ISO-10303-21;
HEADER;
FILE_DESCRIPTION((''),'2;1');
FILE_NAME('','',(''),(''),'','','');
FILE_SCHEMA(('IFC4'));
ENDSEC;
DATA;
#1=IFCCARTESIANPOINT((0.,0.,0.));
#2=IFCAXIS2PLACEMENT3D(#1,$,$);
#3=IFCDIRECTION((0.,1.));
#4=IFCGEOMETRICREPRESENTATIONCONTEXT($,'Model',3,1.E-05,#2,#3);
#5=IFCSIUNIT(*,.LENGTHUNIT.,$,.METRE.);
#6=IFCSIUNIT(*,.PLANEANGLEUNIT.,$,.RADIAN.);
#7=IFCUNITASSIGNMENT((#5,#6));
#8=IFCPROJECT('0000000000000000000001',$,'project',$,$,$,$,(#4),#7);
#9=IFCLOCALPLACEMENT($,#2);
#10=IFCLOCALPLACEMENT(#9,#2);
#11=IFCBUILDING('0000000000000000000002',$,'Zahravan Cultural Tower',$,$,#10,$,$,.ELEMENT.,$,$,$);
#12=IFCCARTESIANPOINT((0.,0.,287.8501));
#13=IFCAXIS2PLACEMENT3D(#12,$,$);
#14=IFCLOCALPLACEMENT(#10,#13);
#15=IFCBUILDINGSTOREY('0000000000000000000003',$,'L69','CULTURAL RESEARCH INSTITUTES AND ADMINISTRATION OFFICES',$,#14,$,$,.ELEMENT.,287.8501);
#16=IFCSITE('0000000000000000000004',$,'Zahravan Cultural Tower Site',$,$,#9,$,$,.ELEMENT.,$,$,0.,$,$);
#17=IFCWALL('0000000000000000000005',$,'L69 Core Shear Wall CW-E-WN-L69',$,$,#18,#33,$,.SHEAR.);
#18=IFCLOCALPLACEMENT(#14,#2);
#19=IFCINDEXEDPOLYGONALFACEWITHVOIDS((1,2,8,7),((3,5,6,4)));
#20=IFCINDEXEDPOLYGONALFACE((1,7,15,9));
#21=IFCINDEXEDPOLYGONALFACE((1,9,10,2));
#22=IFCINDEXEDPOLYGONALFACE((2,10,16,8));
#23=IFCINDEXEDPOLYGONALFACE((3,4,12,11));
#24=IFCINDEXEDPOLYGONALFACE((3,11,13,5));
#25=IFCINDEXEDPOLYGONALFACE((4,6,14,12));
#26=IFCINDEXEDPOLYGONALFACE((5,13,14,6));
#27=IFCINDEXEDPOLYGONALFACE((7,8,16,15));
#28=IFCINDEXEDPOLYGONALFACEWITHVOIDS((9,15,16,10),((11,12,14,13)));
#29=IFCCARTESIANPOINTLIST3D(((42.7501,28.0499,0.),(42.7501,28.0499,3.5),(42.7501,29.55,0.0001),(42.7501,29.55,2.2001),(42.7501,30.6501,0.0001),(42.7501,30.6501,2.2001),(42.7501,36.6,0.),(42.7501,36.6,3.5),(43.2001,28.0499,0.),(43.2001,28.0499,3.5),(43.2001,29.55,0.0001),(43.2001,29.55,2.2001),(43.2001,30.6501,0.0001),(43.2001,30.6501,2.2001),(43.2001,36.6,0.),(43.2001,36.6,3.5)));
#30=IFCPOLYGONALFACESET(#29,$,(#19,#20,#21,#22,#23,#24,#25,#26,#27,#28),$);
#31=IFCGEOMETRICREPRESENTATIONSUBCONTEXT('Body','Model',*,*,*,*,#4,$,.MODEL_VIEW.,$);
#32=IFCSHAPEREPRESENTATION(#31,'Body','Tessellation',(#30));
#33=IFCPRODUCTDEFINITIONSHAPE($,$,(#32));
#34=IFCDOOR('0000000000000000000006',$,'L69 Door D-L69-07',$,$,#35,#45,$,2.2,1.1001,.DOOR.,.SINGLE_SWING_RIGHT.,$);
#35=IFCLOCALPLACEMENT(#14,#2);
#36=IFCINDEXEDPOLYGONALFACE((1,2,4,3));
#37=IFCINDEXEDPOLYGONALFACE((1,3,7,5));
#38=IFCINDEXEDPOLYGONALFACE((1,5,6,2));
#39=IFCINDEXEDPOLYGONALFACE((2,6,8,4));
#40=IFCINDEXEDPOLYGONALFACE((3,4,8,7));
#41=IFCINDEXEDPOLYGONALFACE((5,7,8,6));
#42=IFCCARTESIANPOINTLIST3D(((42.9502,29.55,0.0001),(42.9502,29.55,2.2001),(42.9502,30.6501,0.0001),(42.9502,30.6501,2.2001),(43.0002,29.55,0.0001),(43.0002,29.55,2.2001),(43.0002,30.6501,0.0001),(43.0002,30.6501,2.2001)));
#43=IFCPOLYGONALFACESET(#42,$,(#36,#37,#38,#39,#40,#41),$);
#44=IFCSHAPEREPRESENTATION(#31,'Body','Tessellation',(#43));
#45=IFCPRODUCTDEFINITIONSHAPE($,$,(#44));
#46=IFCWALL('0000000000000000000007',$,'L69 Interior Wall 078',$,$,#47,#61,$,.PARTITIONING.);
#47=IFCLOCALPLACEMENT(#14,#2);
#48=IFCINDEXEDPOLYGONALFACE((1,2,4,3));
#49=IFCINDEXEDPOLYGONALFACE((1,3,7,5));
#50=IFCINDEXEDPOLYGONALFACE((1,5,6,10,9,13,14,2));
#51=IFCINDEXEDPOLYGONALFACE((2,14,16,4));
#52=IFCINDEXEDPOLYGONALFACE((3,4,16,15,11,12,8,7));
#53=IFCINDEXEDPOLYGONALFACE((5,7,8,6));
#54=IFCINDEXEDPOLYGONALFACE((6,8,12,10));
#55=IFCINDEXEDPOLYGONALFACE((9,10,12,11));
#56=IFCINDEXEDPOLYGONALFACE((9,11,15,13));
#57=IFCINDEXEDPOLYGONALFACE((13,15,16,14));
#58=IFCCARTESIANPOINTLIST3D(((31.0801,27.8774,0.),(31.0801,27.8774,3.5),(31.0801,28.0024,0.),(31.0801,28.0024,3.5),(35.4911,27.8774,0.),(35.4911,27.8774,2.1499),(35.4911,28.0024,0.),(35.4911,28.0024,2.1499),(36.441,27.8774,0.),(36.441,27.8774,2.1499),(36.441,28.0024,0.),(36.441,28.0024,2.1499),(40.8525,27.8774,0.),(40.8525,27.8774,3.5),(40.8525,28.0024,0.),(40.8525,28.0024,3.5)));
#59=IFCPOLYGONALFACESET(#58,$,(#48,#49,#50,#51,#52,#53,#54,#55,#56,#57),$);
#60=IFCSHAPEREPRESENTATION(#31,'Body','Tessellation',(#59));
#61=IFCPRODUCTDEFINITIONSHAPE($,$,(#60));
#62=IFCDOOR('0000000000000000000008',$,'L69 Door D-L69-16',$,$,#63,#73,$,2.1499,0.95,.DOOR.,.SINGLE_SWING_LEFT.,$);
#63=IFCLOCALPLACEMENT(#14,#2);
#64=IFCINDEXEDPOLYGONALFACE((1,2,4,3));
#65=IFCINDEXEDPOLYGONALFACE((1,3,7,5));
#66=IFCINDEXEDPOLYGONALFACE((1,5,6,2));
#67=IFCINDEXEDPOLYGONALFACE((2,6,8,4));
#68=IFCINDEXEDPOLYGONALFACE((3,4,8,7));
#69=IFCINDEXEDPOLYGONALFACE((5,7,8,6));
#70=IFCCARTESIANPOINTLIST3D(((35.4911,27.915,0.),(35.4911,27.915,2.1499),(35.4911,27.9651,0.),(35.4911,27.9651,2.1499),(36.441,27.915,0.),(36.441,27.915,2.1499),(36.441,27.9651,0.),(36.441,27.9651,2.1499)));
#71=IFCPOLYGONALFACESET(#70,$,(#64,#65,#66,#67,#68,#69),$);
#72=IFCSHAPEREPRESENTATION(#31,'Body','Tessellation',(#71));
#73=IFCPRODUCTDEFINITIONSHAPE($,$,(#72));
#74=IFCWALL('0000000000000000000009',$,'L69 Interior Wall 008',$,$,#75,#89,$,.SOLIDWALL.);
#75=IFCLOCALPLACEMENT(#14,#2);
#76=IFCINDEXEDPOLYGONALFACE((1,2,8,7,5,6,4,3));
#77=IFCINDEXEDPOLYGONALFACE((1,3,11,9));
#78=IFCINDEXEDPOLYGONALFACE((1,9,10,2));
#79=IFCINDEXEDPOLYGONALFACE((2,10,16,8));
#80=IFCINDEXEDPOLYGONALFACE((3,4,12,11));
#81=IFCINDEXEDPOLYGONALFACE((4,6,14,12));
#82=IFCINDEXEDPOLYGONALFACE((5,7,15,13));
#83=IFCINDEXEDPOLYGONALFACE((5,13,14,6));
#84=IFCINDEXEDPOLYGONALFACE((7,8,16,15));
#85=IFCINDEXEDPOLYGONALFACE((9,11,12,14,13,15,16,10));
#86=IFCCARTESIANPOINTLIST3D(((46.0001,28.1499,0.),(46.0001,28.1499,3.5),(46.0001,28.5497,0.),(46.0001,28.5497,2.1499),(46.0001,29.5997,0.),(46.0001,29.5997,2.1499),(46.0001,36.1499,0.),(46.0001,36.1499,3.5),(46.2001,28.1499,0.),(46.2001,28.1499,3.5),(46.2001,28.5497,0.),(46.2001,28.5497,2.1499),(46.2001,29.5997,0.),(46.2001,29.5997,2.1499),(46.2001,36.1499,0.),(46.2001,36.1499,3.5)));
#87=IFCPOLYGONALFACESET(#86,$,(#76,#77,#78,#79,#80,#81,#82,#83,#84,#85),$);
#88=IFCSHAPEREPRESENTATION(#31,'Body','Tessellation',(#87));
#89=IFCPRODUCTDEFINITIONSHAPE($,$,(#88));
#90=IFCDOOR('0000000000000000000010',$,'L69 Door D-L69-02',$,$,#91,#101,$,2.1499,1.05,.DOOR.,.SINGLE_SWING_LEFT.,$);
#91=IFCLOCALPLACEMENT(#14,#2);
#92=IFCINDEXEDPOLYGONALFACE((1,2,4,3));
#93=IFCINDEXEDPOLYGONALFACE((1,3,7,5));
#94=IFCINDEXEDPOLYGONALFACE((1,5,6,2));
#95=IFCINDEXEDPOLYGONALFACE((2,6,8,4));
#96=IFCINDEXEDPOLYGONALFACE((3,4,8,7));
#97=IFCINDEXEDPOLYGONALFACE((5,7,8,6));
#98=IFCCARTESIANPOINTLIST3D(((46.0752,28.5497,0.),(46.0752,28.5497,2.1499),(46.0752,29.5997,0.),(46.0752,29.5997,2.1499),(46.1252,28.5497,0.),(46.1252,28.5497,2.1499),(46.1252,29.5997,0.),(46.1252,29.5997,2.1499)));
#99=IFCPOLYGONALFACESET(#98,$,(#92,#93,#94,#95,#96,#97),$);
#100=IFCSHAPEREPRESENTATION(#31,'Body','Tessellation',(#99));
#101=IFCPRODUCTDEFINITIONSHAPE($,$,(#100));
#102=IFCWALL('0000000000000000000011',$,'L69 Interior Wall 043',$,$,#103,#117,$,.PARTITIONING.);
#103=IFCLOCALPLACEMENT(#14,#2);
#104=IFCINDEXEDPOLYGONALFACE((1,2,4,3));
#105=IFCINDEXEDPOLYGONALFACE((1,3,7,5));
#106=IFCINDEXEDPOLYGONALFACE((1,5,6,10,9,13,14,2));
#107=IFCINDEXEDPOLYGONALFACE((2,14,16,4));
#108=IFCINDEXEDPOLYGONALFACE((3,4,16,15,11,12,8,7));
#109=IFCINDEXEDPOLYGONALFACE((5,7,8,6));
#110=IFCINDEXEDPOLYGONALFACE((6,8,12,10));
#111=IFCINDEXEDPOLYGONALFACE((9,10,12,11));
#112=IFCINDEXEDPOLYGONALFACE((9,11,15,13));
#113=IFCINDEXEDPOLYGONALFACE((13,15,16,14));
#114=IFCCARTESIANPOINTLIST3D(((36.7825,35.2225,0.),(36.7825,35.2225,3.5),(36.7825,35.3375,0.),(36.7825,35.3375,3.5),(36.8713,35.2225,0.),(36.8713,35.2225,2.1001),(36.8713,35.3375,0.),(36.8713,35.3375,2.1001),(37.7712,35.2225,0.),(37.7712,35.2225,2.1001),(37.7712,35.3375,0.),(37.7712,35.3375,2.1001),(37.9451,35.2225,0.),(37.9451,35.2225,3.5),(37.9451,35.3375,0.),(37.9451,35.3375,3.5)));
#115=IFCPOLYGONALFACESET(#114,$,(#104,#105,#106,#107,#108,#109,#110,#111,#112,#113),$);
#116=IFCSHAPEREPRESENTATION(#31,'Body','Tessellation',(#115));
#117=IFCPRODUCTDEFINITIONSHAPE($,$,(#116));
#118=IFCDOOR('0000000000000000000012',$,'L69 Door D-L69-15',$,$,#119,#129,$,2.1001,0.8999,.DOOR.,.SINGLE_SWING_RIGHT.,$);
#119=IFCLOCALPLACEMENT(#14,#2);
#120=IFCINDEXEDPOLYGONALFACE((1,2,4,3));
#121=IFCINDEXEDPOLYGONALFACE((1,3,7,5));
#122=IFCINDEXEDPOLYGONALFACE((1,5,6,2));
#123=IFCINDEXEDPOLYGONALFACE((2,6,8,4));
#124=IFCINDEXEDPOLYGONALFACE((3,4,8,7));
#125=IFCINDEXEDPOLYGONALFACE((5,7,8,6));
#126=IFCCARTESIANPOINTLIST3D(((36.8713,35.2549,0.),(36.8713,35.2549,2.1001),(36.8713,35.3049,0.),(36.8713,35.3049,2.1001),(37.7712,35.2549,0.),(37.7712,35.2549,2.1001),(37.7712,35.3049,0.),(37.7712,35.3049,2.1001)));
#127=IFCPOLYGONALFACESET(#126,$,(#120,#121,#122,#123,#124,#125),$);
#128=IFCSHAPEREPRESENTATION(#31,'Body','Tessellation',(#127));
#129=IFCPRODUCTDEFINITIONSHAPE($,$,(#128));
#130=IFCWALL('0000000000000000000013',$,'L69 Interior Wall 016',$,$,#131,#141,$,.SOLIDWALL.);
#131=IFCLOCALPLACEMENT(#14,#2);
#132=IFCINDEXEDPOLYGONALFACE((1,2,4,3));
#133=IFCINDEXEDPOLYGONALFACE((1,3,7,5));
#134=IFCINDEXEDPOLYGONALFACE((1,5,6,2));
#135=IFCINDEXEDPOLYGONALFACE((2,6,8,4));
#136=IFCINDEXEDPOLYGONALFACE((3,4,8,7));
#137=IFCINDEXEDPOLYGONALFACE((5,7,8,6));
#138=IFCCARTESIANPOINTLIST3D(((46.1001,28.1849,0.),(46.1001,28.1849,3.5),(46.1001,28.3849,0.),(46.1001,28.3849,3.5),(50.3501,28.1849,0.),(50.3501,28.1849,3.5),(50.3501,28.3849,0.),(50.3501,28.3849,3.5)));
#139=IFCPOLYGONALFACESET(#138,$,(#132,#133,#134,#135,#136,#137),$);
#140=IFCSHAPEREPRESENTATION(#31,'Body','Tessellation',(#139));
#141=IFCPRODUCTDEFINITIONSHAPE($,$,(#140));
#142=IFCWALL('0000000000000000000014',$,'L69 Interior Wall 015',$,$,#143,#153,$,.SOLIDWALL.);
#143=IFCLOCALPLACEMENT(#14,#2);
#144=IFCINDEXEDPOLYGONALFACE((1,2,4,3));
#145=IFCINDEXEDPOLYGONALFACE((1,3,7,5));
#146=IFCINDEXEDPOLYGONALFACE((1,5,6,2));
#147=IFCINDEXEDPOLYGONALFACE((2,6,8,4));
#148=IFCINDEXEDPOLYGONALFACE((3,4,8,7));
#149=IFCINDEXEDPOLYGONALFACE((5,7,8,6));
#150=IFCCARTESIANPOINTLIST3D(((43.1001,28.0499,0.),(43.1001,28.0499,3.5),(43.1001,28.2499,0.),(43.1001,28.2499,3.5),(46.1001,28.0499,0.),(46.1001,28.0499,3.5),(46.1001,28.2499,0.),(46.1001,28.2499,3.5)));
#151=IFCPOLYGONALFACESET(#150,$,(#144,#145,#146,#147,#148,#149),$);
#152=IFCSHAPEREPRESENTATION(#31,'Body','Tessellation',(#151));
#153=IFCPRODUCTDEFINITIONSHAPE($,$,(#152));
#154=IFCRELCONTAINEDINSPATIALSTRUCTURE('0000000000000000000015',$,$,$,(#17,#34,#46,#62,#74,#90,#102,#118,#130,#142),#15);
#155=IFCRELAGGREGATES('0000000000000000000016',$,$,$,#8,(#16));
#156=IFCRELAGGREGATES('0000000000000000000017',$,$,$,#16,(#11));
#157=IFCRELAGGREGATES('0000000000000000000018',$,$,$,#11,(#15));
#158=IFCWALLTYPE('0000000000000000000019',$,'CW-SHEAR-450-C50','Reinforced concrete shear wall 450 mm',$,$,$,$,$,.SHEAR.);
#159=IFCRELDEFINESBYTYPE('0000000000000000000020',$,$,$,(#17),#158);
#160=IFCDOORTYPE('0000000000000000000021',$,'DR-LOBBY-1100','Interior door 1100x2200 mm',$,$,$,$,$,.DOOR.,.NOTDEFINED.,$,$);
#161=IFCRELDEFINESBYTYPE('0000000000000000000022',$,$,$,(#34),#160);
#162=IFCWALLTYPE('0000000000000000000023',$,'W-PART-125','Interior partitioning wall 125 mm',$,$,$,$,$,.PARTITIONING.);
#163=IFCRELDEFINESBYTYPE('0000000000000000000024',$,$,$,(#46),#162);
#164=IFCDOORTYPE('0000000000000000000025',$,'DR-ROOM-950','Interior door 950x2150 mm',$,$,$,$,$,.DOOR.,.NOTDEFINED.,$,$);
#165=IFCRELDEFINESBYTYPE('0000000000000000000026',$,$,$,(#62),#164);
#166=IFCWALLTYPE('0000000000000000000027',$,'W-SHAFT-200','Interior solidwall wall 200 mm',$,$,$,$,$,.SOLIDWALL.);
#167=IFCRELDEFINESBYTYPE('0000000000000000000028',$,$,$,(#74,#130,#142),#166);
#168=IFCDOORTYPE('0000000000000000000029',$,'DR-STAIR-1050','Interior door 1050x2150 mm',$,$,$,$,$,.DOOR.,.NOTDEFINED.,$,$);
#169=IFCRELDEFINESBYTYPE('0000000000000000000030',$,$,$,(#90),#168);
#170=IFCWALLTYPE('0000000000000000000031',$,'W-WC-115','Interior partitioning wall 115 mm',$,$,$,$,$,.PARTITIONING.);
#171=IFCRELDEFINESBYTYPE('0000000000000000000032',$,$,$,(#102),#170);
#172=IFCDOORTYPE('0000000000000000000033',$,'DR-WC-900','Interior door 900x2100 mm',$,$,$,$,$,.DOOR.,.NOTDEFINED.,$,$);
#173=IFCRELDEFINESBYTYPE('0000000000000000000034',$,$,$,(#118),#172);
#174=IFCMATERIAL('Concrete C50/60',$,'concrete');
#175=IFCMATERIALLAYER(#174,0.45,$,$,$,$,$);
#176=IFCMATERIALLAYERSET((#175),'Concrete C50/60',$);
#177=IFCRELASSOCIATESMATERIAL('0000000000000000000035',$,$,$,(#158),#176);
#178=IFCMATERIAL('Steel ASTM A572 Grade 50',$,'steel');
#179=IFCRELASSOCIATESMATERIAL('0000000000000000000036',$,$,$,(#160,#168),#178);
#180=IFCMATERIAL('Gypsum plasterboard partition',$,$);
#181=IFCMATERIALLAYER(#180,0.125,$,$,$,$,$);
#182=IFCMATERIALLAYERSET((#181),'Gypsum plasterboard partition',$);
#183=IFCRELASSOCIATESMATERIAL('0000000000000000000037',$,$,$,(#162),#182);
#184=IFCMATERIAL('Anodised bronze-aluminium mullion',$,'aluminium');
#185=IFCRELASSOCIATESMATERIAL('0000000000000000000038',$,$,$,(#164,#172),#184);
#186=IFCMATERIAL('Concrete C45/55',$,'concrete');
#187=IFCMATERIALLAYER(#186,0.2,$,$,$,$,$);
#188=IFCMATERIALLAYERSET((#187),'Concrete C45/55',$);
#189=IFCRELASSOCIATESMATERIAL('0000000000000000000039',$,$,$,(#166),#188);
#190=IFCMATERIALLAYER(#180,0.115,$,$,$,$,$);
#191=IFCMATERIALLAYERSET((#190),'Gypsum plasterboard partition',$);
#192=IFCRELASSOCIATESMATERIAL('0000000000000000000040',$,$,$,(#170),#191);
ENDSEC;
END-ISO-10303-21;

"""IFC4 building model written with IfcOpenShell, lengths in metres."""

from ifc_helpers import new_model, si_unit, direction, frame, frame_2d, origin, place, context, subcontext, project, spatial, rectangle, extrude, source, transform, mapped, material, layer, layer_set, type_object, element, fill, save


model = new_model("IFC4")

# Units and contexts
model_context = context("Model", 3, precision=1e-05, world=origin(), true_north=direction((0.0, 1.0)))
body_context = subcontext(model_context, "Body", "Model", "MODEL_VIEW")
ifc_project = project(units=[si_unit("LENGTHUNIT", "METRE"), si_unit("PLANEANGLEUNIT", "RADIAN")], contexts=[model_context])

# Site, building, storey
site_placement = place(None, origin())
site = spatial("IfcSite", under=ifc_project, at=site_placement, Name="Zahravan Cultural Tower Site", CompositionType="ELEMENT", RefElevation=0.0)
building_placement = place(site_placement, origin())
building = spatial("IfcBuilding", under=site, at=building_placement, Name="Zahravan Cultural Tower", CompositionType="ELEMENT")
storey_placement = place(building_placement, frame((0.0, 0.0, 287.8501)))
storey = spatial("IfcBuildingStorey", under=building, at=storey_placement, Name="L69", Description="CULTURAL RESEARCH INSTITUTES AND ADMINISTRATION OFFICES", CompositionType="ELEMENT", Elevation=287.8501)

# Walls, openings, doors
ifc_material_1 = material(Name="Concrete C50/60", Category="concrete")
ifc_layer_1 = layer(ifc_material_1, 0.45)
ifc_layer_set_1 = layer_set([ifc_layer_1], Name="Concrete C50/60")
wall_type_1 = type_object("IfcWallType", Name="CW-SHEAR-450-C50", Description="Reinforced concrete shear wall 450 mm", PredefinedType="SHEAR", material=ifc_layer_set_1)
wall_1_placement = place(storey_placement, frame((42.9751, 28.05, 0.0), z_axis=(0.0, 0.0, 1.0), x_axis=(0.0, 1.0, 0.0)))
wall_1 = element("IfcWall", 1, at=wall_1_placement, inside=storey, type_object=wall_type_1, Name="L69 Core Shear Wall CW-E-WN-L69", PredefinedType="SHEAR", context=body_context, shape_type="SweptSolid", body=[
    extrude(rectangle(XDim=8.55, YDim=0.45, at=frame_2d((4.2749, 0.0))), origin(), (0.0, 0.0, 1.0), 3.5),
])
opening_1_placement = place(wall_1_placement, frame((1.5, 0.0, 0.0)))
opening_1 = element("IfcOpeningElement", 2, at=opening_1_placement, cuts=wall_1, PredefinedType="OPENING", context=body_context, shape_type="SweptSolid", body=[
    extrude(rectangle(XDim=1.1001, YDim=2.2, at=frame_2d((0.55, 1.1001))), frame((0.0, 0.2349, 0.0), z_axis=(0.0, -1.0, 0.0), x_axis=(1.0, 0.0, 0.0)), (0.0, 0.0, 1.0), 0.47),
])
ifc_material_2 = material(Name="Steel ASTM A572 Grade 50", Category="steel")
door_type_1 = type_object("IfcDoorType", Name="DR-LOBBY-1100", Description="Interior door 1100x2200 mm", OperationType="NOTDEFINED", PredefinedType="DOOR", material=ifc_material_2)
shared_shape_1 = source(origin(), body_context, "Body", "SweptSolid", [
    extrude(rectangle(XDim=1.1001, YDim=2.2, at=frame_2d((0.55, 1.1001))), frame((0.0, 0.0249, 0.0), z_axis=(0.0, -1.0, 0.0), x_axis=(1.0, 0.0, 0.0)), (0.0, 0.0, 1.0), 0.05),
])
door_1_placement = place(opening_1_placement, origin())
door_1 = element("IfcDoor", 3, at=door_1_placement, inside=storey, type_object=door_type_1, Name="L69 Door D-L69-07", OperationType="SINGLE_SWING_RIGHT", OverallHeight=2.2, OverallWidth=1.1001, PredefinedType="DOOR", context=body_context, shape_type="MappedRepresentation", body=[
    mapped(shared_shape_1, transform((0.0, 0.0, 0.0), x_axis=(1.0, 0.0, 0.0), y_axis=(0.0, 1.0, 0.0), z_axis=(0.0, 0.0, 1.0), scale=1.0)),
])
fill(opening_1, door_1)
ifc_material_3 = material(Name="Gypsum plasterboard partition")
ifc_layer_2 = layer(ifc_material_3, 0.125)
ifc_layer_set_2 = layer_set([ifc_layer_2], Name="Gypsum plasterboard partition")
wall_type_2 = type_object("IfcWallType", Name="W-PART-125", Description="Interior partitioning wall 125 mm", PredefinedType="PARTITIONING", material=ifc_layer_set_2)
wall_2_placement = place(storey_placement, frame((40.8525, 27.9399, 0.0), z_axis=(0.0, 0.0, 1.0), x_axis=(-1.0, 0.0, 0.0)))
wall_2 = element("IfcWall", 4, at=wall_2_placement, inside=storey, type_object=wall_type_2, Name="L69 Interior Wall 078", PredefinedType="PARTITIONING", context=body_context, shape_type="SweptSolid", body=[
    extrude(rectangle(XDim=9.7725, YDim=0.125, at=frame_2d((4.8862, 0.0))), origin(), (0.0, 0.0, 1.0), 3.5),
])
opening_2_placement = place(wall_2_placement, frame((4.4114, 0.0, 0.0)))
opening_2 = element("IfcOpeningElement", 5, at=opening_2_placement, cuts=wall_2, PredefinedType="OPENING", context=body_context, shape_type="SweptSolid", body=[
    extrude(rectangle(XDim=0.95, YDim=2.1499, at=frame_2d((0.4751, 1.075))), frame((0.0, 0.0725, 0.0), z_axis=(0.0, -1.0, 0.0), x_axis=(1.0, 0.0, 0.0)), (0.0, 0.0, 1.0), 0.145),
])
ifc_material_4 = material(Name="Anodised bronze-aluminium mullion", Category="aluminium")
door_type_2 = type_object("IfcDoorType", Name="DR-ROOM-950", Description="Interior door 950x2150 mm", OperationType="NOTDEFINED", PredefinedType="DOOR", material=ifc_material_4)
shared_shape_2 = source(origin(), body_context, "Body", "SweptSolid", [
    extrude(rectangle(XDim=0.95, YDim=2.1499, at=frame_2d((0.4751, 1.075))), frame((0.0, 0.0249, 0.0), z_axis=(0.0, -1.0, 0.0), x_axis=(1.0, 0.0, 0.0)), (0.0, 0.0, 1.0), 0.05),
])
door_2_placement = place(opening_2_placement, origin())
door_2 = element("IfcDoor", 6, at=door_2_placement, inside=storey, type_object=door_type_2, Name="L69 Door D-L69-16", OperationType="SINGLE_SWING_LEFT", OverallHeight=2.1499, OverallWidth=0.95, PredefinedType="DOOR", context=body_context, shape_type="MappedRepresentation", body=[
    mapped(shared_shape_2, transform((0.0, 0.0, 0.0), x_axis=(1.0, 0.0, 0.0), y_axis=(0.0, 1.0, 0.0), z_axis=(0.0, 0.0, 1.0), scale=1.0)),
])
fill(opening_2, door_2)
ifc_material_5 = material(Name="Concrete C45/55", Category="concrete")
ifc_layer_3 = layer(ifc_material_5, 0.2)
ifc_layer_set_3 = layer_set([ifc_layer_3], Name="Concrete C45/55")
wall_type_3 = type_object("IfcWallType", Name="W-SHAFT-200", Description="Interior solidwall wall 200 mm", PredefinedType="SOLIDWALL", material=ifc_layer_set_3)
wall_3_placement = place(storey_placement, frame((46.1001, 28.1499, 0.0), z_axis=(0.0, 0.0, 1.0), x_axis=(0.0, 1.0, 0.0)))
wall_3 = element("IfcWall", 7, at=wall_3_placement, inside=storey, type_object=wall_type_3, Name="L69 Interior Wall 008", PredefinedType="SOLIDWALL", context=body_context, shape_type="SweptSolid", body=[
    extrude(rectangle(XDim=8.0, YDim=0.2, at=frame_2d((4.0, 0.0))), origin(), (0.0, 0.0, 1.0), 3.5),
])
opening_3_placement = place(wall_3_placement, frame((0.3999, 0.0, 0.0)))
opening_3 = element("IfcOpeningElement", 8, at=opening_3_placement, cuts=wall_3, PredefinedType="OPENING", context=body_context, shape_type="SweptSolid", body=[
    extrude(rectangle(XDim=1.05, YDim=2.1499, at=frame_2d((0.5249, 1.075))), frame((0.0, 0.1099, 0.0), z_axis=(0.0, -1.0, 0.0), x_axis=(1.0, 0.0, 0.0)), (0.0, 0.0, 1.0), 0.22),
])
door_type_3 = type_object("IfcDoorType", Name="DR-STAIR-1050", Description="Interior door 1050x2150 mm", OperationType="NOTDEFINED", PredefinedType="DOOR", material=ifc_material_2)
shared_shape_3 = source(origin(), body_context, "Body", "SweptSolid", [
    extrude(rectangle(XDim=1.05, YDim=2.1499, at=frame_2d((0.5249, 1.075))), frame((0.0, 0.0249, 0.0), z_axis=(0.0, -1.0, 0.0), x_axis=(1.0, 0.0, 0.0)), (0.0, 0.0, 1.0), 0.05),
])
door_3_placement = place(opening_3_placement, origin())
door_3 = element("IfcDoor", 9, at=door_3_placement, inside=storey, type_object=door_type_3, Name="L69 Door D-L69-02", OperationType="SINGLE_SWING_LEFT", OverallHeight=2.1499, OverallWidth=1.05, PredefinedType="DOOR", context=body_context, shape_type="MappedRepresentation", body=[
    mapped(shared_shape_3, transform((0.0, 0.0, 0.0), x_axis=(1.0, 0.0, 0.0), y_axis=(0.0, 1.0, 0.0), z_axis=(0.0, 0.0, 1.0), scale=1.0)),
])
fill(opening_3, door_3)
ifc_layer_4 = layer(ifc_material_3, 0.115)
ifc_layer_set_4 = layer_set([ifc_layer_4], Name="Gypsum plasterboard partition")
wall_type_4 = type_object("IfcWallType", Name="W-WC-115", Description="Interior partitioning wall 115 mm", PredefinedType="PARTITIONING", material=ifc_layer_set_4)
wall_4_placement = place(storey_placement, frame((36.7825, 35.28, 0.0), z_axis=(0.0, 0.0, 1.0), x_axis=(1.0, 0.0, 0.0)))
wall_4 = element("IfcWall", 10, at=wall_4_placement, inside=storey, type_object=wall_type_4, Name="L69 Interior Wall 043", PredefinedType="PARTITIONING", context=body_context, shape_type="SweptSolid", body=[
    extrude(rectangle(XDim=1.1626, YDim=0.115, at=frame_2d((0.5813, 0.0))), origin(), (0.0, 0.0, 1.0), 3.5),
])
opening_4_placement = place(wall_4_placement, frame((0.0889, 0.0, 0.0)))
opening_4 = element("IfcOpeningElement", 11, at=opening_4_placement, cuts=wall_4, PredefinedType="OPENING", context=body_context, shape_type="SweptSolid", body=[
    extrude(rectangle(XDim=0.8999, YDim=2.1001, at=frame_2d((0.45, 1.05))), frame((0.0, 0.0674, 0.0), z_axis=(0.0, -1.0, 0.0), x_axis=(1.0, 0.0, 0.0)), (0.0, 0.0, 1.0), 0.135),
])
door_type_4 = type_object("IfcDoorType", Name="DR-WC-900", Description="Interior door 900x2100 mm", OperationType="NOTDEFINED", PredefinedType="DOOR", material=ifc_material_4)
shared_shape_4 = source(origin(), body_context, "Body", "SweptSolid", [
    extrude(rectangle(XDim=0.8999, YDim=2.1001, at=frame_2d((0.45, 1.05))), frame((0.0, 0.0249, 0.0), z_axis=(0.0, -1.0, 0.0), x_axis=(1.0, 0.0, 0.0)), (0.0, 0.0, 1.0), 0.05),
])
door_4_placement = place(opening_4_placement, origin())
door_4 = element("IfcDoor", 12, at=door_4_placement, inside=storey, type_object=door_type_4, Name="L69 Door D-L69-15", OperationType="SINGLE_SWING_RIGHT", OverallHeight=2.1001, OverallWidth=0.8999, PredefinedType="DOOR", context=body_context, shape_type="MappedRepresentation", body=[
    mapped(shared_shape_4, transform((0.0, 0.0, 0.0), x_axis=(1.0, 0.0, 0.0), y_axis=(0.0, 1.0, 0.0), z_axis=(0.0, 0.0, 1.0), scale=1.0)),
])
fill(opening_4, door_4)

# Walls
shared_shape_5 = source(origin(), body_context, "Body", "SweptSolid", [
    extrude(rectangle(XDim=4.25, YDim=0.2, at=frame_2d((2.125, 0.0))), origin(), (0.0, 0.0, 1.0), 3.5),
])
wall_5_placement = place(storey_placement, frame((46.1001, 28.2849, 0.0), z_axis=(0.0, 0.0, 1.0), x_axis=(1.0, 0.0, 0.0)))
element("IfcWall", 13, at=wall_5_placement, inside=storey, type_object=wall_type_3, Name="L69 Interior Wall 016", PredefinedType="SOLIDWALL", context=body_context, shape_type="MappedRepresentation", body=[
    mapped(shared_shape_5, transform((0.0, 0.0, 0.0), x_axis=(1.0, 0.0, 0.0), y_axis=(0.0, 1.0, 0.0), z_axis=(0.0, 0.0, 1.0), scale=1.0)),
])
shared_shape_6 = source(origin(), body_context, "Body", "SweptSolid", [
    extrude(rectangle(XDim=3.0, YDim=0.2, at=frame_2d((1.5, 0.0))), origin(), (0.0, 0.0, 1.0), 3.5),
])
wall_6_placement = place(storey_placement, frame((43.1001, 28.1499, 0.0), z_axis=(0.0, 0.0, 1.0), x_axis=(1.0, 0.0, 0.0)))
element("IfcWall", 14, at=wall_6_placement, inside=storey, type_object=wall_type_3, Name="L69 Interior Wall 015", PredefinedType="SOLIDWALL", context=body_context, shape_type="MappedRepresentation", body=[
    mapped(shared_shape_6, transform((0.0, 0.0, 0.0), x_axis=(1.0, 0.0, 0.0), y_axis=(0.0, 1.0, 0.0), z_axis=(0.0, 0.0, 1.0), scale=1.0)),
])

save(model, "model.ifc")
